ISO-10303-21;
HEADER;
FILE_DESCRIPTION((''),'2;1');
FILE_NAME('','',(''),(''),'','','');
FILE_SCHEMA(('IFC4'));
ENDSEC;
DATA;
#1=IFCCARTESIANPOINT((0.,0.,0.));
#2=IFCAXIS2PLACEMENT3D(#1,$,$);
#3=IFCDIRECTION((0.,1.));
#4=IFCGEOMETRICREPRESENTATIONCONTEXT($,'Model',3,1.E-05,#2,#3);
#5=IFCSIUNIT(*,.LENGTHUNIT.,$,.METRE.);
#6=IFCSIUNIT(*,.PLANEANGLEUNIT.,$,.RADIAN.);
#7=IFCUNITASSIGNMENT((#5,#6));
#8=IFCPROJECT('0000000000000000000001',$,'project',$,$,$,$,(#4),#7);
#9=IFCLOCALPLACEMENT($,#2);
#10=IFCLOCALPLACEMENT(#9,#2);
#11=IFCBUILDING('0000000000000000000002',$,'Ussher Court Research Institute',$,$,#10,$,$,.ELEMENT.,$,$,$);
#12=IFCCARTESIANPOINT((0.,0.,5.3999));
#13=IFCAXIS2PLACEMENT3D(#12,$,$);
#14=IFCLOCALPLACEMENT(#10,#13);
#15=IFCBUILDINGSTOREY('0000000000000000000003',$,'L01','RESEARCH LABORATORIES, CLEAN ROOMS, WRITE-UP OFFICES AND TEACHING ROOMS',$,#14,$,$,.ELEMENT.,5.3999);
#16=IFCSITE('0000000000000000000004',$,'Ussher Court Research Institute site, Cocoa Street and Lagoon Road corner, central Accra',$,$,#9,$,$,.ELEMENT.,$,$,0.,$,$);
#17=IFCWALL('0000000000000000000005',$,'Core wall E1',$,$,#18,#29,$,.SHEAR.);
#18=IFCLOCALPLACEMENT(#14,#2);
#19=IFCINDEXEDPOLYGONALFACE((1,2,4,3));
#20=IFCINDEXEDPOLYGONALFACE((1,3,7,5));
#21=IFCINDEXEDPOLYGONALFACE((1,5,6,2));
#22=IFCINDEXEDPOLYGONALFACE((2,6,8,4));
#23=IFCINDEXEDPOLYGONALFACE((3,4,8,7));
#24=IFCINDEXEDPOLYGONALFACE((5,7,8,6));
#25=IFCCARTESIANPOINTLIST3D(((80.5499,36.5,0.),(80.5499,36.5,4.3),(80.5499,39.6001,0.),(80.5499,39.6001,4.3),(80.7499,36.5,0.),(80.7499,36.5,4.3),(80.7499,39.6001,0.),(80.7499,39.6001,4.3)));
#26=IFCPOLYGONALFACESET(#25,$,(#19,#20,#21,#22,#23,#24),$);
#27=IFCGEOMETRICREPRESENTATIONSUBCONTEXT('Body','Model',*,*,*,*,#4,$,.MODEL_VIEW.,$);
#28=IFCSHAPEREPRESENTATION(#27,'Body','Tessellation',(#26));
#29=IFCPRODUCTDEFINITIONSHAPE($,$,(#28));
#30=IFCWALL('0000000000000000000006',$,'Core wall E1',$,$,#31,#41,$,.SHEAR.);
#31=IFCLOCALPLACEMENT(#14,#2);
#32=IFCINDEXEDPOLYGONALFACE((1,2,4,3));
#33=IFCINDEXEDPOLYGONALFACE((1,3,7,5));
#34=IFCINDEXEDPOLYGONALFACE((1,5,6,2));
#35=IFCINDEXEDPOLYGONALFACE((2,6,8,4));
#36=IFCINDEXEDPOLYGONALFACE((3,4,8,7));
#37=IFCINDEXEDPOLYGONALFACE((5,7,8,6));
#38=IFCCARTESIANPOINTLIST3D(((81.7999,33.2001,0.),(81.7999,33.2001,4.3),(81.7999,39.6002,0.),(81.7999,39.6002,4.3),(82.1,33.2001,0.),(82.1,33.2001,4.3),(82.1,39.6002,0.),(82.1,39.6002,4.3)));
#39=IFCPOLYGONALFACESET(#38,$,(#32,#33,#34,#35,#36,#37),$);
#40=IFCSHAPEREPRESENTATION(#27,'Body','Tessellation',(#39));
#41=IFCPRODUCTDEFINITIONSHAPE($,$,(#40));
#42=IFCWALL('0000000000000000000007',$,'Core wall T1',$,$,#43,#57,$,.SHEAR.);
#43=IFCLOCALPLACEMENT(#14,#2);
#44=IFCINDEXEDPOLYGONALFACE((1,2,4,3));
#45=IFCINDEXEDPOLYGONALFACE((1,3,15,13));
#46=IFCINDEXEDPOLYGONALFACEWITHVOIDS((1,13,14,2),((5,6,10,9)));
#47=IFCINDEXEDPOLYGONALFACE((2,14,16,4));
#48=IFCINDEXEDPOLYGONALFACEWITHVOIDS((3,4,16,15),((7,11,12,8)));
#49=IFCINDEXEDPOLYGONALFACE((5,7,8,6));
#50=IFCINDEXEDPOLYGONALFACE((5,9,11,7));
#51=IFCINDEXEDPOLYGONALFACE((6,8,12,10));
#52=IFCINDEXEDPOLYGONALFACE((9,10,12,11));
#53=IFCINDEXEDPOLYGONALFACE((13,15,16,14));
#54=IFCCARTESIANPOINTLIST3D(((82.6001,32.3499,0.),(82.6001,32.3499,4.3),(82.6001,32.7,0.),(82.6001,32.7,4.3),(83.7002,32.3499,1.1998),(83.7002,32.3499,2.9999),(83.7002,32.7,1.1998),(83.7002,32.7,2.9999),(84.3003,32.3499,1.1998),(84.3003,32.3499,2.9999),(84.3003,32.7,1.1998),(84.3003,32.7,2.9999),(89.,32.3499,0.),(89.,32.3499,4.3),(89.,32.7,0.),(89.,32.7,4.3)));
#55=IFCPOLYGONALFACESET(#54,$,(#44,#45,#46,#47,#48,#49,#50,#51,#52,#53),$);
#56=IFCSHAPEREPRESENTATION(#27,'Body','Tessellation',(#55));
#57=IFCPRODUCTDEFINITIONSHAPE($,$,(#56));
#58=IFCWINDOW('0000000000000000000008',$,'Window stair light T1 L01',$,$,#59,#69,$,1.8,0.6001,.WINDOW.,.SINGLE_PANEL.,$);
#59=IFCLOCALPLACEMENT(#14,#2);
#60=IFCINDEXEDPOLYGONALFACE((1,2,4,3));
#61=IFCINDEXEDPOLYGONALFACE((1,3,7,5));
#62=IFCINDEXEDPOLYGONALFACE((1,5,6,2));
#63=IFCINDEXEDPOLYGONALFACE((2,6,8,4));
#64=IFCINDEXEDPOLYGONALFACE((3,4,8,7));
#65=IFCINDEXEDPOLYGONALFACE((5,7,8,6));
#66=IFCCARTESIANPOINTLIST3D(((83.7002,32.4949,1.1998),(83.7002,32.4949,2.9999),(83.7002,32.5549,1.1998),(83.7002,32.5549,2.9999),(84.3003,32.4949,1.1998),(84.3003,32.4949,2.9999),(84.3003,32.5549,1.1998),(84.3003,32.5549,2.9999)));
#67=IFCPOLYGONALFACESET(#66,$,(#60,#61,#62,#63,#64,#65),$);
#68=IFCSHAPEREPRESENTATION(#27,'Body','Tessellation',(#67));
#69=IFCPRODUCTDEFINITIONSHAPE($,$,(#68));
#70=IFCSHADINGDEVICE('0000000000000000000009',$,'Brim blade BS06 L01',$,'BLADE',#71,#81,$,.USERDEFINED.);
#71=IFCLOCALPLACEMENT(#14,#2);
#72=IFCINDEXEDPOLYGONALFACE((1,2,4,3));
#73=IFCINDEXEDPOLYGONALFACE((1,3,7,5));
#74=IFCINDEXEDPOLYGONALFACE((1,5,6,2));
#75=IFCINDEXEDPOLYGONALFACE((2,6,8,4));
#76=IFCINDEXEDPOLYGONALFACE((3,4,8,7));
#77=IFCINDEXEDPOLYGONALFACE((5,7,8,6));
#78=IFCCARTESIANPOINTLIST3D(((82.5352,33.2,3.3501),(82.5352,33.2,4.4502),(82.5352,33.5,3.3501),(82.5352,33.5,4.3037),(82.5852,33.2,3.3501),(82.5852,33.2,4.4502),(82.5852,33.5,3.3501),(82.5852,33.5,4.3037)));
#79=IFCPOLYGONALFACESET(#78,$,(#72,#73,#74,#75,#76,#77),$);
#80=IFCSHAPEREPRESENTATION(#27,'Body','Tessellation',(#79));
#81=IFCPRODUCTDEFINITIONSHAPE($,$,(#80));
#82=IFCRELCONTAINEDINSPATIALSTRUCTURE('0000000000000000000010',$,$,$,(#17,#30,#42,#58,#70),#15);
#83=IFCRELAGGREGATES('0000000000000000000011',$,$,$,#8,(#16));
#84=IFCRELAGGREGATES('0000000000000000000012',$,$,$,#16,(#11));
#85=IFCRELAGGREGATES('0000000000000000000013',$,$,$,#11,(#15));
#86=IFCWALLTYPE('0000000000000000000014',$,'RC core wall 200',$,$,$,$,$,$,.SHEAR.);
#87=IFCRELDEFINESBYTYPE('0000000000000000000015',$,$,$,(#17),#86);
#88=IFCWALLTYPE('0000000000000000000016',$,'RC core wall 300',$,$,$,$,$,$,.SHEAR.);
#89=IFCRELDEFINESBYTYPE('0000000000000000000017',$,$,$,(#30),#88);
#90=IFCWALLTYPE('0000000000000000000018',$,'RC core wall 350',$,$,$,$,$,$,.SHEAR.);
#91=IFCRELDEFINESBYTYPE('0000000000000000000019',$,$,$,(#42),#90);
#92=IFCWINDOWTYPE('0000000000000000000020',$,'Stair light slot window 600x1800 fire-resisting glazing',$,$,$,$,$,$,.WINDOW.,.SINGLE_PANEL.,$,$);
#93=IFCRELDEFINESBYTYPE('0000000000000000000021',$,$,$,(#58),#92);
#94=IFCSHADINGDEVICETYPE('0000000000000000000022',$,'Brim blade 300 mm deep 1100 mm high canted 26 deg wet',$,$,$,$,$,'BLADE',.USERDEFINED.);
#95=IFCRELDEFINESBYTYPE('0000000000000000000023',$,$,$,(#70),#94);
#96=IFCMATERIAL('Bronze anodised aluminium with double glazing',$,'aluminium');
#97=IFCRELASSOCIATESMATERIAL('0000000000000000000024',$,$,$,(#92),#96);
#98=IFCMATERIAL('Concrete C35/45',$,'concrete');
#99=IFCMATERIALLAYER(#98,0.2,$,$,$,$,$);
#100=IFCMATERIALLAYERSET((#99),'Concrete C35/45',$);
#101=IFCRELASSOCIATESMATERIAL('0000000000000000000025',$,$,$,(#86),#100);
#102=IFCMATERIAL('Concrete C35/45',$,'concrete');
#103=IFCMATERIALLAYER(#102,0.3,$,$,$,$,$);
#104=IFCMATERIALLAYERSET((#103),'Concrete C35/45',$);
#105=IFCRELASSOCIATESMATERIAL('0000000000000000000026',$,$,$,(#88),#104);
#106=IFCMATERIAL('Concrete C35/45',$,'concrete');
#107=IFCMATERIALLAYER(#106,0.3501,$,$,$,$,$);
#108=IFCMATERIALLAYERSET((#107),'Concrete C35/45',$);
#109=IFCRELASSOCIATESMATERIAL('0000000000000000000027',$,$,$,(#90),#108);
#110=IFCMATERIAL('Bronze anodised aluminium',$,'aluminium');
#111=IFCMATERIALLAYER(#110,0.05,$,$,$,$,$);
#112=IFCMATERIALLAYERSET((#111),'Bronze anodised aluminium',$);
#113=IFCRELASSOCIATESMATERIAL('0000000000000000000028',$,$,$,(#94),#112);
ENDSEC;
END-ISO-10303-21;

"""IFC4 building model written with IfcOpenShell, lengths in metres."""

from ifc_helpers import new_model, si_unit, direction, frame, frame_2d, origin, place, context, subcontext, project, spatial, polyline, rectangle, outline, extrude, material, layer, layer_set, type_object, element, fill, save


model = new_model("IFC4")

# Units and contexts
model_context = context("Model", 3, precision=1e-05, world=origin(), true_north=direction((0.0, 1.0)))
body_context = subcontext(model_context, "Body", "Model", "MODEL_VIEW")
ifc_project = project(units=[si_unit("LENGTHUNIT", "METRE"), si_unit("PLANEANGLEUNIT", "RADIAN")], contexts=[model_context])

# Site, building, storey
site_placement = place(None, origin())
site = spatial("IfcSite", under=ifc_project, at=site_placement, Name="Ussher Court Research Institute site, Cocoa Street and Lagoon Road corner, central Accra", CompositionType="ELEMENT", RefElevation=0.0)
building_placement = place(site_placement, origin())
building = spatial("IfcBuilding", under=site, at=building_placement, Name="Ussher Court Research Institute", CompositionType="ELEMENT")
storey_placement = place(building_placement, frame((0.0, 0.0, 5.3999)))
storey = spatial("IfcBuildingStorey", under=building, at=storey_placement, Name="L01", Description="RESEARCH LABORATORIES, CLEAN ROOMS, WRITE-UP OFFICES AND TEACHING ROOMS", CompositionType="ELEMENT", Elevation=5.3999)

# Shared definitions
ifc_material_1 = material(Name="Bronze anodised aluminium with double glazing", Category="aluminium")
window_type = type_object("IfcWindowType", Name="Stair light slot window 600x1800 fire-resisting glazing", PartitioningType="SINGLE_PANEL", PredefinedType="WINDOW", material=ifc_material_1)

# Shared definitions
ifc_material_2 = material(Name="Concrete C35/45", Category="concrete")
ifc_layer_1 = layer(ifc_material_2, 0.2)
ifc_layer_set_1 = layer_set([ifc_layer_1], Name="Concrete C35/45")
wall_type_1 = type_object("IfcWallType", Name="RC core wall 200", PredefinedType="SHEAR", material=ifc_layer_set_1)

# Walls
wall_1_placement = place(storey_placement, frame((80.6499, 36.5, 0.0), z_axis=(0.0, 0.0, 1.0), x_axis=(0.0, 1.0, 0.0)))
element("IfcWall", 1, at=wall_1_placement, inside=storey, type_object=wall_type_1, Name="Core wall E1", PredefinedType="SHEAR", context=body_context, shape_type="SweptSolid", body=[
    extrude(rectangle(XDim=3.1001, YDim=0.2, at=frame_2d((1.55, 0.0))), origin(), (0.0, 0.0, 1.0), 4.3),
])
ifc_material_3 = material(Name="Concrete C35/45", Category="concrete")
ifc_layer_2 = layer(ifc_material_3, 0.3)
ifc_layer_set_2 = layer_set([ifc_layer_2], Name="Concrete C35/45")
wall_type_2 = type_object("IfcWallType", Name="RC core wall 300", PredefinedType="SHEAR", material=ifc_layer_set_2)
wall_2_placement = place(storey_placement, frame((81.95, 33.2, 0.0), z_axis=(0.0, 0.0, 1.0), x_axis=(0.0, 1.0, 0.0)))
element("IfcWall", 2, at=wall_2_placement, inside=storey, type_object=wall_type_2, Name="Core wall E1", PredefinedType="SHEAR", context=body_context, shape_type="SweptSolid", body=[
    extrude(rectangle(XDim=6.4001, YDim=0.3, at=frame_2d((3.2002, 0.0))), origin(), (0.0, 0.0, 1.0), 4.3),
])

# Wall, opening, window
ifc_material_4 = material(Name="Concrete C35/45", Category="concrete")
ifc_layer_3 = layer(ifc_material_4, 0.3501)
ifc_layer_set_3 = layer_set([ifc_layer_3], Name="Concrete C35/45")
wall_type_3 = type_object("IfcWallType", Name="RC core wall 350", PredefinedType="SHEAR", material=ifc_layer_set_3)
wall_3_placement = place(storey_placement, frame((82.6001, 32.5249, 0.0), z_axis=(0.0, 0.0, 1.0), x_axis=(1.0, 0.0, 0.0)))
wall_3 = element("IfcWall", 3, at=wall_3_placement, inside=storey, type_object=wall_type_3, Name="Core wall T1", PredefinedType="SHEAR", context=body_context, shape_type="SweptSolid", body=[
    extrude(rectangle(XDim=6.3999, YDim=0.3501, at=frame_2d((3.2, 0.0))), origin(), (0.0, 0.0, 1.0), 4.3),
])
opening_1_placement = place(wall_3_placement, frame((1.1001, 0.0, 1.2)))
opening_1 = element("IfcOpeningElement", 4, at=opening_1_placement, cuts=wall_3, PredefinedType="OPENING", context=body_context, shape_type="SweptSolid", body=[
    extrude(rectangle(XDim=0.6001, YDim=1.8, at=frame_2d((0.3, 0.8999))), frame((0.0, 0.1851, 0.0), z_axis=(0.0, -1.0, 0.0), x_axis=(1.0, 0.0, 0.0)), (0.0, 0.0, 1.0), 0.3701),
])
window_1_placement = place(opening_1_placement, origin())
window_1 = element("IfcWindow", 5, at=window_1_placement, inside=storey, type_object=window_type, Name="Window stair light T1 L01", OverallHeight=1.8, OverallWidth=0.6001, PartitioningType="SINGLE_PANEL", PredefinedType="WINDOW", context=body_context, shape_type="SweptSolid", body=[
    extrude(rectangle(XDim=0.6001, YDim=1.8, at=frame_2d((0.3, 0.8999))), frame((0.0, 0.03, 0.0), z_axis=(0.0, -1.0, 0.0), x_axis=(1.0, 0.0, 0.0)), (0.0, 0.0, 1.0), 0.0601),
])
fill(opening_1, window_1)

# Shading device
ifc_material_5 = material(Name="Bronze anodised aluminium", Category="aluminium")
ifc_layer_4 = layer(ifc_material_5, 0.05)
ifc_layer_set_4 = layer_set([ifc_layer_4], Name="Bronze anodised aluminium")
shading_device_type_1 = type_object("IfcShadingDeviceType", Name="Brim blade 300 mm deep 1100 mm high canted 26 deg wet", ElementType="BLADE", PredefinedType="USERDEFINED", material=ifc_layer_set_4)
shading_device_1_placement = place(storey_placement, frame((82.5601, 33.2, 3.3501), z_axis=(0.0, 0.0, 1.0), x_axis=(0.0, 1.0, 0.0)))
element("IfcShadingDevice", 6, at=shading_device_1_placement, inside=storey, type_object=shading_device_type_1, Name="Brim blade BS06 L01", ObjectType="BLADE", PredefinedType="USERDEFINED", context=body_context, shape_type="SweptSolid", body=[
    extrude(outline(polyline([(0.0, 0.0), (0.3, 0.0), (0.3, 0.9536), (0.0, 1.1001), (0.0, 0.0)])), frame((0.0, 0.0249, 0.0), z_axis=(0.0, -1.0, 0.0), x_axis=(1.0, 0.0, 0.0)), (0.0, 0.0, 1.0), 0.05),
])

save(model, "model.ifc")
